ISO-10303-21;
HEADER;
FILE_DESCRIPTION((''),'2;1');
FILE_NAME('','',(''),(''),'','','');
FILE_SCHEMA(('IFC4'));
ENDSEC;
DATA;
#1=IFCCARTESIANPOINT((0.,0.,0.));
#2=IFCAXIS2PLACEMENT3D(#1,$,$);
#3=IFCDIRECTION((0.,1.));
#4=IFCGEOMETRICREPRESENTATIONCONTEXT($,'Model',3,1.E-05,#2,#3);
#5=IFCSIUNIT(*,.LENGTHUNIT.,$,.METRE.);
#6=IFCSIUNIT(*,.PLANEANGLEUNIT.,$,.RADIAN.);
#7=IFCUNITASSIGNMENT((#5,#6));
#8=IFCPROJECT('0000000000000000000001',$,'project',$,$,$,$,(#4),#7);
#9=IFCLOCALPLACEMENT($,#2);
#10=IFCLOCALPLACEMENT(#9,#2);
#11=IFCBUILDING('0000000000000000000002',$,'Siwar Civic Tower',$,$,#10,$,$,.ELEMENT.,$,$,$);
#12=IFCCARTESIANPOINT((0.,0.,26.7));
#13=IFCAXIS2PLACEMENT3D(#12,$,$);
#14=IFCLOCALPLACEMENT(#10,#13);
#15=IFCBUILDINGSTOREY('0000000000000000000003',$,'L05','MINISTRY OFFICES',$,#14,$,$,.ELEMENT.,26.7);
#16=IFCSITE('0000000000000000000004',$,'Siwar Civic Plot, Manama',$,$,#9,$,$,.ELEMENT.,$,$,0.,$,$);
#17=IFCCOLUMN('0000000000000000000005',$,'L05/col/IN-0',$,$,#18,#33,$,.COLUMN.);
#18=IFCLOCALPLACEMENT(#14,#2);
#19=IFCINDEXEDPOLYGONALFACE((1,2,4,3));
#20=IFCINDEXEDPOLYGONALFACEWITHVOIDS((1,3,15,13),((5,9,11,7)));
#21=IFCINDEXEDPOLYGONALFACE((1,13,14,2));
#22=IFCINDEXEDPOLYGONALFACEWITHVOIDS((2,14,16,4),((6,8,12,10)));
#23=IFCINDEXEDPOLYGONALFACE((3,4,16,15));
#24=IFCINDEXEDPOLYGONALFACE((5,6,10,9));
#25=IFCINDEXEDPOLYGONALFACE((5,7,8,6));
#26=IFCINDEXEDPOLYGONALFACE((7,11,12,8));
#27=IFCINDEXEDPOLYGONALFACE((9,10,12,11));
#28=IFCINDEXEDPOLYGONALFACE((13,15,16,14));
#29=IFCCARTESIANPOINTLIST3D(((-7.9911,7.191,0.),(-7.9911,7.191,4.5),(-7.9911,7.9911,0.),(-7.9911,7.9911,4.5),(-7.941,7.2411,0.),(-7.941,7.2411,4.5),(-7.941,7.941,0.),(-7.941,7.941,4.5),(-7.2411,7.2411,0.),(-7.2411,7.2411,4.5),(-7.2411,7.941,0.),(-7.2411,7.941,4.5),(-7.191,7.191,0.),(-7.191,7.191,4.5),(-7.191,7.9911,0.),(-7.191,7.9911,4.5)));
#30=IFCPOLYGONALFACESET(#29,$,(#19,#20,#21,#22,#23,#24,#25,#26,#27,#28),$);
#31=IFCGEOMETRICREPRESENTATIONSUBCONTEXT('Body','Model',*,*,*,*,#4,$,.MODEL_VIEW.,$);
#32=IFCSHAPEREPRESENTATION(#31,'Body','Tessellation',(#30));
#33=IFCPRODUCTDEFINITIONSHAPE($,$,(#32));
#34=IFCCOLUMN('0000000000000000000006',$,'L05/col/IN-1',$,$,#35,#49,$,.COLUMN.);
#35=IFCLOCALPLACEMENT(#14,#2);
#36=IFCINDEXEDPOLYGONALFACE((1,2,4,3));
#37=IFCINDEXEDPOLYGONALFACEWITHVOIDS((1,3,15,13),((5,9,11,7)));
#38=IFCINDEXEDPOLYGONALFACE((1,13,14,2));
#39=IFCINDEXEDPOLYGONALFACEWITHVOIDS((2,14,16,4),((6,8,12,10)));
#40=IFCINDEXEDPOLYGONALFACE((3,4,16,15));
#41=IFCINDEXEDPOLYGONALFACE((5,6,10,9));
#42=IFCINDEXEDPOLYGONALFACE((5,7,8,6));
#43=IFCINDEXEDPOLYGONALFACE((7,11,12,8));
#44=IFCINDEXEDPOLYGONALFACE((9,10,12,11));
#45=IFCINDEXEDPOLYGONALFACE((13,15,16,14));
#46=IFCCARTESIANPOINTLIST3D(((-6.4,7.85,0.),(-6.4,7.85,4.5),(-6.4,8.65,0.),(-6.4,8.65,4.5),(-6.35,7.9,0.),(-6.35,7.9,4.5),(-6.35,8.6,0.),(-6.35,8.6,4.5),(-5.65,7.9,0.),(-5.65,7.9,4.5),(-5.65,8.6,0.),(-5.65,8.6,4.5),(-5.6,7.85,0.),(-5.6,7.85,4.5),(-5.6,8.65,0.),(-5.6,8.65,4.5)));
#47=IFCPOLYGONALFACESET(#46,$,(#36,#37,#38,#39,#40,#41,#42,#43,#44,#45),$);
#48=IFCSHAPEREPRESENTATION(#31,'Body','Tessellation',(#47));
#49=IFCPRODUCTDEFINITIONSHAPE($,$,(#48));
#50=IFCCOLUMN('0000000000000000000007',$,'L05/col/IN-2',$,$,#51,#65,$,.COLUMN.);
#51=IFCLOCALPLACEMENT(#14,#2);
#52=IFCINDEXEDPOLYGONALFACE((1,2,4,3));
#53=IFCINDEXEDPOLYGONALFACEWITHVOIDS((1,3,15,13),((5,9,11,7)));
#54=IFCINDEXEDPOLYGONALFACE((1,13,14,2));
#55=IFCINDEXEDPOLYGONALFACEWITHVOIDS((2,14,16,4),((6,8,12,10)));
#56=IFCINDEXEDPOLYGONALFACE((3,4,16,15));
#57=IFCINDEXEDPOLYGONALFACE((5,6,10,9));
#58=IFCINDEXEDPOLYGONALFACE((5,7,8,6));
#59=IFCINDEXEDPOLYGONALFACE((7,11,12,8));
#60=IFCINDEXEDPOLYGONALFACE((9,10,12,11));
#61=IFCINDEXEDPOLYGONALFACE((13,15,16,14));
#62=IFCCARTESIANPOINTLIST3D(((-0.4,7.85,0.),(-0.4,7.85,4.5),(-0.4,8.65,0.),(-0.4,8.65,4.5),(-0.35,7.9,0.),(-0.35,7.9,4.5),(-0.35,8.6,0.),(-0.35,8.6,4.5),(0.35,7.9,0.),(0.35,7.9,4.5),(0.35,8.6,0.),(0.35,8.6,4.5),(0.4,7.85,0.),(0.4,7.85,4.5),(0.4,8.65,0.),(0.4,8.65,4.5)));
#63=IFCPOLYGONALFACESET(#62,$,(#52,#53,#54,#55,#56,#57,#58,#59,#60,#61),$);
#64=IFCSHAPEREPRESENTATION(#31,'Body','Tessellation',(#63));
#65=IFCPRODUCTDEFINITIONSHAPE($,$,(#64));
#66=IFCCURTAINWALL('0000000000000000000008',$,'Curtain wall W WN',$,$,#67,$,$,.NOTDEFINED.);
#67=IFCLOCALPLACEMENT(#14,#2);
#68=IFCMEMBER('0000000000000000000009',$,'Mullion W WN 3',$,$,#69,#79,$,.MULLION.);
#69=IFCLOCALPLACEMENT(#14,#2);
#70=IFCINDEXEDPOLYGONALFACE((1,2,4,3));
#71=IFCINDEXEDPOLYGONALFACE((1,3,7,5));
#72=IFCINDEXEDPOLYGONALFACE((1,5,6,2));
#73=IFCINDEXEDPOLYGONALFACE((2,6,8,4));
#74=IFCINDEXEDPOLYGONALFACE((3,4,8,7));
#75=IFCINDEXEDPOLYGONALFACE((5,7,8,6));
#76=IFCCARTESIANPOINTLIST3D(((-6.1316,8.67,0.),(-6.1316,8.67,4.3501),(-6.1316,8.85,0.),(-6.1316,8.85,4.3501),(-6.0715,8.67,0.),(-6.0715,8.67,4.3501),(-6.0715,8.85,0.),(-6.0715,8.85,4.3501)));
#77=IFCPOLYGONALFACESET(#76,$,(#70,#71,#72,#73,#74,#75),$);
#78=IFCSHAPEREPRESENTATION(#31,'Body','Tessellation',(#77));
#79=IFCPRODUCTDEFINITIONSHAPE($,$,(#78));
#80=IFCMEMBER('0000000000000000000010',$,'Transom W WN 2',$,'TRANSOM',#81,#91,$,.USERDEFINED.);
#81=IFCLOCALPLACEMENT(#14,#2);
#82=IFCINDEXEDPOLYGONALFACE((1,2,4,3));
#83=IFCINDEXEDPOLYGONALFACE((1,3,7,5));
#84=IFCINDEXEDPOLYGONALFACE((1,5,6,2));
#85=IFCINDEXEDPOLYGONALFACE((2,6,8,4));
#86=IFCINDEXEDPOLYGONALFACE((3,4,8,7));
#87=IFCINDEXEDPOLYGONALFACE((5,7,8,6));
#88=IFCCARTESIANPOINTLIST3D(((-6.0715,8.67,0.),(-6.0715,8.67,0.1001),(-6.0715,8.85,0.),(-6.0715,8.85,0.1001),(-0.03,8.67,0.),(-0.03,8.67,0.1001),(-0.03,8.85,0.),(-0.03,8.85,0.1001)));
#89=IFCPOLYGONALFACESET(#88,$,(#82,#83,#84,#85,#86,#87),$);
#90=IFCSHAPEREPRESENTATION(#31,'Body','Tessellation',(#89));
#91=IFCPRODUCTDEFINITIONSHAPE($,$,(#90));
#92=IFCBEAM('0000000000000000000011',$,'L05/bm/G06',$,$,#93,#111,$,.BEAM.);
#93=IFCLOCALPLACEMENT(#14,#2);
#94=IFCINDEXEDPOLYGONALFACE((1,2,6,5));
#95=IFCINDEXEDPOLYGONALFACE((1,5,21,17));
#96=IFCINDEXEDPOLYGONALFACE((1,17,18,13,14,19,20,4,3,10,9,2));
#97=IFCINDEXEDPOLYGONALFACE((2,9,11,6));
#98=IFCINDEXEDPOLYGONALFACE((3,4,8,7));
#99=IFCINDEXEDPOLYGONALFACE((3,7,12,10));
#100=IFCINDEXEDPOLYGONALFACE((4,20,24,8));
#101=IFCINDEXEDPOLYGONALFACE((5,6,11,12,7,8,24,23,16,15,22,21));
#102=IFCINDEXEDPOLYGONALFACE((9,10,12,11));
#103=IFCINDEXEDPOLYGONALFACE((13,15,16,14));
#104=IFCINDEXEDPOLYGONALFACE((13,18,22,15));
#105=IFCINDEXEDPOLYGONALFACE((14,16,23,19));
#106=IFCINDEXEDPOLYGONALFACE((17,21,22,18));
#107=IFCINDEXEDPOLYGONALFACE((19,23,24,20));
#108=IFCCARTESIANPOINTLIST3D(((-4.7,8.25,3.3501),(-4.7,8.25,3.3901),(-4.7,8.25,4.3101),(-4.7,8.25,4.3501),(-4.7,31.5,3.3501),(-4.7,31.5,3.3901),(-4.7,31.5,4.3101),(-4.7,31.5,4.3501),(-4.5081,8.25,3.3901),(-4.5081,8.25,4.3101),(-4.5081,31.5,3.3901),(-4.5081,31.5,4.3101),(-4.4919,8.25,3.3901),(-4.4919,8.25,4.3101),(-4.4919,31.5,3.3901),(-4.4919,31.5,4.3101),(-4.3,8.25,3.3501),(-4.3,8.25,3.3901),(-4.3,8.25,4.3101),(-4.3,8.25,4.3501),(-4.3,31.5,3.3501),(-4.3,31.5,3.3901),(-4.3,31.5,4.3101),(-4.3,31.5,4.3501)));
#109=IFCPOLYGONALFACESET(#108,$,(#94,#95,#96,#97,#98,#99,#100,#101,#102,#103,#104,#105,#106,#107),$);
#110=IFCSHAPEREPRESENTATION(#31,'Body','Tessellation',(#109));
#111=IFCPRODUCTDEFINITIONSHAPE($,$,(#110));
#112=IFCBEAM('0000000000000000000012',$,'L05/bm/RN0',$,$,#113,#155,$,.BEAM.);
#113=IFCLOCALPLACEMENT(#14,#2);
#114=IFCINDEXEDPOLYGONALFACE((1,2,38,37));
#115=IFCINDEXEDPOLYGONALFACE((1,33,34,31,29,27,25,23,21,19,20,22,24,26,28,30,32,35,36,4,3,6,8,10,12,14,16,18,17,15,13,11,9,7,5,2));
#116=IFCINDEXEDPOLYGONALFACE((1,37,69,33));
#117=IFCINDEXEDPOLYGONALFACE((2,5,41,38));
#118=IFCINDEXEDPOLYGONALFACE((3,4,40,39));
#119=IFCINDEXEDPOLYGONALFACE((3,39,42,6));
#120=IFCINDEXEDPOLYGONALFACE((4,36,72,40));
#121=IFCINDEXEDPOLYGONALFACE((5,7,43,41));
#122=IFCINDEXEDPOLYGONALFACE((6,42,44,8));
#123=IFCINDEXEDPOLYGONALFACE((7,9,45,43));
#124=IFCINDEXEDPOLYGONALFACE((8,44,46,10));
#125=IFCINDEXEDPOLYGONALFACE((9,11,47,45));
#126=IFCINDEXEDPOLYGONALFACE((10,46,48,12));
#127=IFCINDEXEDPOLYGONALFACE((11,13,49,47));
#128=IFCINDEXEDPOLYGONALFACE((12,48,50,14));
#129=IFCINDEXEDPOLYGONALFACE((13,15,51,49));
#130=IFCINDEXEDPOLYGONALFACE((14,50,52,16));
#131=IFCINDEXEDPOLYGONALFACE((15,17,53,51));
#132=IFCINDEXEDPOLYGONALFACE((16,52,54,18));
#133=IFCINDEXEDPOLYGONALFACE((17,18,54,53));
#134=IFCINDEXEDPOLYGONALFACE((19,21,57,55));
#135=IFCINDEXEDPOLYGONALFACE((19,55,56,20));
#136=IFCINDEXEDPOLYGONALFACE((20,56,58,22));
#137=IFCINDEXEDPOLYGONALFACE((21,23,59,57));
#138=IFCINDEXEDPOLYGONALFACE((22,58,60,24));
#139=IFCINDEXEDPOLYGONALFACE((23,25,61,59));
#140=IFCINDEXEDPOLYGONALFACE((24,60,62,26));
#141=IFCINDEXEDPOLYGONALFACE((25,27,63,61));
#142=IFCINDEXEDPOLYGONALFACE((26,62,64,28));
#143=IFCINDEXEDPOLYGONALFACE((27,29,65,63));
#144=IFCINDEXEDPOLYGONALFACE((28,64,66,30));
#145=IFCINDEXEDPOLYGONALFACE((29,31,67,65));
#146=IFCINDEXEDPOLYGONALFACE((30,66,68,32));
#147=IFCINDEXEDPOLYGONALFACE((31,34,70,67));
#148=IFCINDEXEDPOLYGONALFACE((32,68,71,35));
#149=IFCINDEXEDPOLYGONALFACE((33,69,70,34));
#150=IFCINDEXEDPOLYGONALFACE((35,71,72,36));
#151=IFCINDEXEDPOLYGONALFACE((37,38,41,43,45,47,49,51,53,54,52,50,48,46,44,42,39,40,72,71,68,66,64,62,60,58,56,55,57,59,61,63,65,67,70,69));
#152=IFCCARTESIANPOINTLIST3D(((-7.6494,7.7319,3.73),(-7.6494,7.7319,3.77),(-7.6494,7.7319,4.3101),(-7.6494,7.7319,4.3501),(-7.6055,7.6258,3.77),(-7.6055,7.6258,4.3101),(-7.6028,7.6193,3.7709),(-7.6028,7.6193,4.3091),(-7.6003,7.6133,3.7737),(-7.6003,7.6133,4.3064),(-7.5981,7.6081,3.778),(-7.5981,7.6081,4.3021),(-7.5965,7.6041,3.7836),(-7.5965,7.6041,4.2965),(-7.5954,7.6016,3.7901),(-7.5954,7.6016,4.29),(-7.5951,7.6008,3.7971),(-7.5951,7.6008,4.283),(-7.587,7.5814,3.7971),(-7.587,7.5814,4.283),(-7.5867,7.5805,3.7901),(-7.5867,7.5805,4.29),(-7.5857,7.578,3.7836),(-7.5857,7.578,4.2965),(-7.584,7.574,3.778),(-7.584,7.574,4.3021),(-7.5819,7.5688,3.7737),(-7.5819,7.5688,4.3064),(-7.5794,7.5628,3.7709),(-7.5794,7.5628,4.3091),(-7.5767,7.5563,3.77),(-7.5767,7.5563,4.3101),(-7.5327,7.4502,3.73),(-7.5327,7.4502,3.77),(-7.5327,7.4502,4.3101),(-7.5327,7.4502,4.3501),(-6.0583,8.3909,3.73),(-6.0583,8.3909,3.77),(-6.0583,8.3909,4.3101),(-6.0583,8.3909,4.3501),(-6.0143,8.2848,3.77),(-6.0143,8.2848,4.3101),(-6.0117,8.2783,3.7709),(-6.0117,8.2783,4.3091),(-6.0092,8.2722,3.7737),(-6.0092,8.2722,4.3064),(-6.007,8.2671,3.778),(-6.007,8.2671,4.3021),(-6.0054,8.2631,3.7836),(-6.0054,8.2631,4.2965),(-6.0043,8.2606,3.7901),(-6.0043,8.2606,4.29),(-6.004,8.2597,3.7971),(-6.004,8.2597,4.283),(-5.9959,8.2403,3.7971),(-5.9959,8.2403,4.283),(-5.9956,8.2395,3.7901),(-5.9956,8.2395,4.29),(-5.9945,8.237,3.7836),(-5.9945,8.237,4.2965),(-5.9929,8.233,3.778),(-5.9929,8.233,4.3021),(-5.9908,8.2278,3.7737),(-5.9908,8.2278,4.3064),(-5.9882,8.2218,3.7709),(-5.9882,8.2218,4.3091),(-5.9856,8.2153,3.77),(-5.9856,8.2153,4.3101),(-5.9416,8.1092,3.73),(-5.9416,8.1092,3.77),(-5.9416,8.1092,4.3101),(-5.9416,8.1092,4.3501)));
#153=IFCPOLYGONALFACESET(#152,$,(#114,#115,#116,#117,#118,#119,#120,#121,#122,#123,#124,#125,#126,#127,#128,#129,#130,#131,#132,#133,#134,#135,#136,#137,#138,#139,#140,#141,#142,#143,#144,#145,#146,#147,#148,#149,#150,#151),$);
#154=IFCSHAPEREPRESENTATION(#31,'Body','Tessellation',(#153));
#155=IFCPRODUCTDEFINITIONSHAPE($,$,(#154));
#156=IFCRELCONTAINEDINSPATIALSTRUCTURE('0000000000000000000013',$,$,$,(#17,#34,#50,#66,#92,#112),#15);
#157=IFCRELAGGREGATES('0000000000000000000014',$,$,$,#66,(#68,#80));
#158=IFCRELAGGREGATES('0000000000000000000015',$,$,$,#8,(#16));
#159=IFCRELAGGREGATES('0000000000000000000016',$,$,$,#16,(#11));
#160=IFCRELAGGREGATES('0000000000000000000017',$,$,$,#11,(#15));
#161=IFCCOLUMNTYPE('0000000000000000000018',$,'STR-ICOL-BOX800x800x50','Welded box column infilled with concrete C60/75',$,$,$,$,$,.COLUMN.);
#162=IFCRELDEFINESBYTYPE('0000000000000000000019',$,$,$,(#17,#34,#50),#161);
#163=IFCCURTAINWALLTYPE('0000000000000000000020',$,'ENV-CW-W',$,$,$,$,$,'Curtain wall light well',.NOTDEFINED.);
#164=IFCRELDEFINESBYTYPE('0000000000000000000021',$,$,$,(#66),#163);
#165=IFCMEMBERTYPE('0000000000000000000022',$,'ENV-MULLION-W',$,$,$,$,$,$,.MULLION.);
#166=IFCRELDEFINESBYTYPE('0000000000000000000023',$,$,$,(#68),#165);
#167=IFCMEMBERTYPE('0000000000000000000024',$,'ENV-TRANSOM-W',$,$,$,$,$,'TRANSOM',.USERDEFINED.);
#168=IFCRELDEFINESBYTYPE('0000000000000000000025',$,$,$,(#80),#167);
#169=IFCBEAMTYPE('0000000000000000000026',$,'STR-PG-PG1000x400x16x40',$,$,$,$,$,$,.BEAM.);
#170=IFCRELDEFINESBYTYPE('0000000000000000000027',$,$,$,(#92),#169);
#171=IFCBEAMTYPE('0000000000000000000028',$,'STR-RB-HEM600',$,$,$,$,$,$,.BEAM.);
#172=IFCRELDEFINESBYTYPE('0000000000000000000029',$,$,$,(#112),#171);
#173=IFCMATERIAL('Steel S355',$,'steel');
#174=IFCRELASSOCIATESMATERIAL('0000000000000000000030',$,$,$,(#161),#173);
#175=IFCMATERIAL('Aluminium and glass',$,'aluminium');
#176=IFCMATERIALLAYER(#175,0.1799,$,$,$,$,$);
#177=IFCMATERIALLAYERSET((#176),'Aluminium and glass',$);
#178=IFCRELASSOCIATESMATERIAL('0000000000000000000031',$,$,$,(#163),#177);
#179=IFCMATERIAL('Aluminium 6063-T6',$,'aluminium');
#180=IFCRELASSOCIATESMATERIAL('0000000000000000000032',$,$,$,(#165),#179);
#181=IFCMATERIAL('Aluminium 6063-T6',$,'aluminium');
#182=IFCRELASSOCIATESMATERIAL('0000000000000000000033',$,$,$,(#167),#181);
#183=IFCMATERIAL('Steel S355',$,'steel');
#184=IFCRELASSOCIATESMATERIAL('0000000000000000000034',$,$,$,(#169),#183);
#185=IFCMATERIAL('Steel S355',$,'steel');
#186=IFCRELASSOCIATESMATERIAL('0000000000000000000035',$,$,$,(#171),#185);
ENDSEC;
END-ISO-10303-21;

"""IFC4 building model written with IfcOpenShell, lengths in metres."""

from ifc_helpers import new_model, si_unit, direction, frame, origin, origin_2d, place, context, subcontext, project, spatial, rectangle, hollow_rectangle, i_section, extrude, material, layer, layer_set, material_profile, profile_set, type_object, element, aggregate, save


model = new_model("IFC4")

# Units and contexts
model_context = context("Model", 3, precision=1e-05, world=origin(), true_north=direction((0.0, 1.0)))
body_context = subcontext(model_context, "Body", "Model", "MODEL_VIEW")
ifc_project = project(units=[si_unit("LENGTHUNIT", "METRE"), si_unit("PLANEANGLEUNIT", "RADIAN")], contexts=[model_context])

# Site, building, storey
site_placement = place(None, origin())
site = spatial("IfcSite", under=ifc_project, at=site_placement, Name="Siwar Civic Plot, Manama", CompositionType="ELEMENT", RefElevation=0.0)
building_placement = place(site_placement, origin())
building = spatial("IfcBuilding", under=site, at=building_placement, Name="Siwar Civic Tower", CompositionType="ELEMENT")
storey_placement = place(building_placement, frame((0.0, 0.0, 26.7)))
storey = spatial("IfcBuildingStorey", under=building, at=storey_placement, Name="L05", Description="MINISTRY OFFICES", CompositionType="ELEMENT", Elevation=26.7)

# Columns
ifc_material_1 = material(Name="Steel S355", Category="steel")
ifc_material_profile_1 = material_profile(ifc_material_1, hollow_rectangle(XDim=0.8, YDim=0.8, WallThickness=0.05, at=origin_2d()), Name="BOX800x800x50")
ifc_profile_set_1 = profile_set([ifc_material_profile_1], Name="Steel S355")
column_type = type_object("IfcColumnType", Name="STR-ICOL-BOX800x800x50", Description="Welded box column infilled with concrete C60/75", PredefinedType="COLUMN", material=ifc_profile_set_1)
for number, where, z_axis, x_axis, name in (
    (1, (-7.5911, 7.5911, 0.0), (0.0, 0.0, 1.0), (1.0, 0.0, 0.0), "L05/col/IN-0"),
    (2, (-6.0, 8.25, 0.0), (0.0, 0.0, 1.0), (1.0, 0.0, 0.0), "L05/col/IN-1"),
    (3, (0.0, 8.25, 0.0), (0.0, 0.0, 1.0), (1.0, 0.0, 0.0), "L05/col/IN-2"),
):
    element("IfcColumn", number, at=place(storey_placement, frame(where, z_axis=z_axis, x_axis=x_axis)), inside=storey, type_object=column_type, Name=name, PredefinedType="COLUMN", context=body_context, shape_type="SweptSolid", body=[
        extrude(hollow_rectangle(XDim=0.8, YDim=0.8, WallThickness=0.05, at=origin_2d()), origin(), (0.0, 0.0, 1.0), 4.5),
    ])

# Curtain wall, members
ifc_material_2 = material(Name="Aluminium and glass", Category="aluminium")
ifc_layer_1 = layer(ifc_material_2, 0.1799)
ifc_layer_set_1 = layer_set([ifc_layer_1], Name="Aluminium and glass")
curtain_wall_type = type_object("IfcCurtainWallType", Name="ENV-CW-W", ElementType="Curtain wall light well", PredefinedType="NOTDEFINED", material=ifc_layer_set_1)
curtain_wall_placement = place(storey_placement, origin())
curtain_wall = element("IfcCurtainWall", 4, at=curtain_wall_placement, inside=storey, type_object=curtain_wall_type, Name="Curtain wall W WN", PredefinedType="NOTDEFINED")
ifc_material_3 = material(Name="Aluminium 6063-T6", Category="aluminium")
ifc_material_profile_2 = material_profile(ifc_material_3, rectangle(XDim=0.1799, YDim=0.0601, at=origin_2d()), Name="AL 180x60")
ifc_profile_set_2 = profile_set([ifc_material_profile_2], Name="Aluminium 6063-T6")
member_type_1 = type_object("IfcMemberType", Name="ENV-MULLION-W", PredefinedType="MULLION", material=ifc_profile_set_2)
member_1_placement = place(storey_placement, frame((-6.1016, 8.76, 0.0), z_axis=(0.0, 0.0, 1.0), x_axis=(0.0, -1.0, 0.0)))
member_1 = element("IfcMember", 5, at=member_1_placement, type_object=member_type_1, Name="Mullion W WN 3", PredefinedType="MULLION", context=body_context, shape_type="SweptSolid", body=[
    extrude(rectangle(XDim=0.1799, YDim=0.0601, at=origin_2d()), origin(), (0.0, 0.0, 1.0), 4.3501),
])
ifc_material_4 = material(Name="Aluminium 6063-T6", Category="aluminium")
ifc_material_profile_3 = material_profile(ifc_material_4, rectangle(XDim=0.1799, YDim=0.1001, at=origin_2d()), Name="AL 180x100")
ifc_profile_set_3 = profile_set([ifc_material_profile_3], Name="Aluminium 6063-T6")
member_type_2 = type_object("IfcMemberType", Name="ENV-TRANSOM-W", ElementType="TRANSOM", PredefinedType="USERDEFINED", material=ifc_profile_set_3)
member_2_placement = place(storey_placement, frame((-0.03, 8.76, 0.05), z_axis=(-1.0, 0.0, 0.0), x_axis=(0.0, -1.0, 0.0)))
member_2 = element("IfcMember", 6, at=member_2_placement, type_object=member_type_2, Name="Transom W WN 2", ObjectType="TRANSOM", PredefinedType="USERDEFINED", context=body_context, shape_type="SweptSolid", body=[
    extrude(rectangle(XDim=0.1799, YDim=0.1001, at=origin_2d()), origin(), (0.0, 0.0, 1.0), 6.0415),
])

# Beams
ifc_material_5 = material(Name="Steel S355", Category="steel")
ifc_material_profile_4 = material_profile(ifc_material_5, i_section(OverallWidth=0.3999, OverallDepth=1.0, WebThickness=0.0161, FlangeThickness=0.04, at=origin_2d()), Name="PG1000x400x16x40")
ifc_profile_set_4 = profile_set([ifc_material_profile_4], Name="Steel S355")
beam_type_1 = type_object("IfcBeamType", Name="STR-PG-PG1000x400x16x40", PredefinedType="BEAM", material=ifc_profile_set_4)
beam_1_placement = place(storey_placement, frame((-4.5, 8.25, 3.8501), z_axis=(0.0, 1.0, 0.0), x_axis=(-1.0, 0.0, 0.0)))
element("IfcBeam", 7, at=beam_1_placement, inside=storey, type_object=beam_type_1, Name="L05/bm/G06", PredefinedType="BEAM", context=body_context, shape_type="SweptSolid", body=[
    extrude(i_section(OverallWidth=0.3999, OverallDepth=1.0, WebThickness=0.0161, FlangeThickness=0.04, at=origin_2d()), origin(), (0.0, 0.0, 1.0), 23.25),
])
ifc_material_6 = material(Name="Steel S355", Category="steel")
ifc_material_profile_5 = material_profile(ifc_material_6, i_section(OverallWidth=0.3049, OverallDepth=0.6201, WebThickness=0.021, FlangeThickness=0.04, FilletRadius=0.0271, at=origin_2d()), Name="HEM600")
ifc_profile_set_5 = profile_set([ifc_material_profile_5], Name="Steel S355")
beam_type_2 = type_object("IfcBeamType", Name="STR-RB-HEM600", PredefinedType="BEAM", material=ifc_profile_set_5)
beam_2_placement = place(storey_placement, frame((-7.5911, 7.5911, 4.04), z_axis=(0.923901, 0.382631, 0.0), x_axis=(-0.382631, 0.923901, 0.0)))
element("IfcBeam", 8, at=beam_2_placement, inside=storey, type_object=beam_type_2, Name="L05/bm/RN0", PredefinedType="BEAM", context=body_context, shape_type="SweptSolid", body=[
    extrude(i_section(OverallWidth=0.3049, OverallDepth=0.6201, WebThickness=0.021, FlangeThickness=0.04, FilletRadius=0.0271, at=origin_2d()), origin(), (0.0, 0.0, 1.0), 1.7222),
])

aggregate(curtain_wall, [member_1, member_2])

save(model, "model.ifc")
